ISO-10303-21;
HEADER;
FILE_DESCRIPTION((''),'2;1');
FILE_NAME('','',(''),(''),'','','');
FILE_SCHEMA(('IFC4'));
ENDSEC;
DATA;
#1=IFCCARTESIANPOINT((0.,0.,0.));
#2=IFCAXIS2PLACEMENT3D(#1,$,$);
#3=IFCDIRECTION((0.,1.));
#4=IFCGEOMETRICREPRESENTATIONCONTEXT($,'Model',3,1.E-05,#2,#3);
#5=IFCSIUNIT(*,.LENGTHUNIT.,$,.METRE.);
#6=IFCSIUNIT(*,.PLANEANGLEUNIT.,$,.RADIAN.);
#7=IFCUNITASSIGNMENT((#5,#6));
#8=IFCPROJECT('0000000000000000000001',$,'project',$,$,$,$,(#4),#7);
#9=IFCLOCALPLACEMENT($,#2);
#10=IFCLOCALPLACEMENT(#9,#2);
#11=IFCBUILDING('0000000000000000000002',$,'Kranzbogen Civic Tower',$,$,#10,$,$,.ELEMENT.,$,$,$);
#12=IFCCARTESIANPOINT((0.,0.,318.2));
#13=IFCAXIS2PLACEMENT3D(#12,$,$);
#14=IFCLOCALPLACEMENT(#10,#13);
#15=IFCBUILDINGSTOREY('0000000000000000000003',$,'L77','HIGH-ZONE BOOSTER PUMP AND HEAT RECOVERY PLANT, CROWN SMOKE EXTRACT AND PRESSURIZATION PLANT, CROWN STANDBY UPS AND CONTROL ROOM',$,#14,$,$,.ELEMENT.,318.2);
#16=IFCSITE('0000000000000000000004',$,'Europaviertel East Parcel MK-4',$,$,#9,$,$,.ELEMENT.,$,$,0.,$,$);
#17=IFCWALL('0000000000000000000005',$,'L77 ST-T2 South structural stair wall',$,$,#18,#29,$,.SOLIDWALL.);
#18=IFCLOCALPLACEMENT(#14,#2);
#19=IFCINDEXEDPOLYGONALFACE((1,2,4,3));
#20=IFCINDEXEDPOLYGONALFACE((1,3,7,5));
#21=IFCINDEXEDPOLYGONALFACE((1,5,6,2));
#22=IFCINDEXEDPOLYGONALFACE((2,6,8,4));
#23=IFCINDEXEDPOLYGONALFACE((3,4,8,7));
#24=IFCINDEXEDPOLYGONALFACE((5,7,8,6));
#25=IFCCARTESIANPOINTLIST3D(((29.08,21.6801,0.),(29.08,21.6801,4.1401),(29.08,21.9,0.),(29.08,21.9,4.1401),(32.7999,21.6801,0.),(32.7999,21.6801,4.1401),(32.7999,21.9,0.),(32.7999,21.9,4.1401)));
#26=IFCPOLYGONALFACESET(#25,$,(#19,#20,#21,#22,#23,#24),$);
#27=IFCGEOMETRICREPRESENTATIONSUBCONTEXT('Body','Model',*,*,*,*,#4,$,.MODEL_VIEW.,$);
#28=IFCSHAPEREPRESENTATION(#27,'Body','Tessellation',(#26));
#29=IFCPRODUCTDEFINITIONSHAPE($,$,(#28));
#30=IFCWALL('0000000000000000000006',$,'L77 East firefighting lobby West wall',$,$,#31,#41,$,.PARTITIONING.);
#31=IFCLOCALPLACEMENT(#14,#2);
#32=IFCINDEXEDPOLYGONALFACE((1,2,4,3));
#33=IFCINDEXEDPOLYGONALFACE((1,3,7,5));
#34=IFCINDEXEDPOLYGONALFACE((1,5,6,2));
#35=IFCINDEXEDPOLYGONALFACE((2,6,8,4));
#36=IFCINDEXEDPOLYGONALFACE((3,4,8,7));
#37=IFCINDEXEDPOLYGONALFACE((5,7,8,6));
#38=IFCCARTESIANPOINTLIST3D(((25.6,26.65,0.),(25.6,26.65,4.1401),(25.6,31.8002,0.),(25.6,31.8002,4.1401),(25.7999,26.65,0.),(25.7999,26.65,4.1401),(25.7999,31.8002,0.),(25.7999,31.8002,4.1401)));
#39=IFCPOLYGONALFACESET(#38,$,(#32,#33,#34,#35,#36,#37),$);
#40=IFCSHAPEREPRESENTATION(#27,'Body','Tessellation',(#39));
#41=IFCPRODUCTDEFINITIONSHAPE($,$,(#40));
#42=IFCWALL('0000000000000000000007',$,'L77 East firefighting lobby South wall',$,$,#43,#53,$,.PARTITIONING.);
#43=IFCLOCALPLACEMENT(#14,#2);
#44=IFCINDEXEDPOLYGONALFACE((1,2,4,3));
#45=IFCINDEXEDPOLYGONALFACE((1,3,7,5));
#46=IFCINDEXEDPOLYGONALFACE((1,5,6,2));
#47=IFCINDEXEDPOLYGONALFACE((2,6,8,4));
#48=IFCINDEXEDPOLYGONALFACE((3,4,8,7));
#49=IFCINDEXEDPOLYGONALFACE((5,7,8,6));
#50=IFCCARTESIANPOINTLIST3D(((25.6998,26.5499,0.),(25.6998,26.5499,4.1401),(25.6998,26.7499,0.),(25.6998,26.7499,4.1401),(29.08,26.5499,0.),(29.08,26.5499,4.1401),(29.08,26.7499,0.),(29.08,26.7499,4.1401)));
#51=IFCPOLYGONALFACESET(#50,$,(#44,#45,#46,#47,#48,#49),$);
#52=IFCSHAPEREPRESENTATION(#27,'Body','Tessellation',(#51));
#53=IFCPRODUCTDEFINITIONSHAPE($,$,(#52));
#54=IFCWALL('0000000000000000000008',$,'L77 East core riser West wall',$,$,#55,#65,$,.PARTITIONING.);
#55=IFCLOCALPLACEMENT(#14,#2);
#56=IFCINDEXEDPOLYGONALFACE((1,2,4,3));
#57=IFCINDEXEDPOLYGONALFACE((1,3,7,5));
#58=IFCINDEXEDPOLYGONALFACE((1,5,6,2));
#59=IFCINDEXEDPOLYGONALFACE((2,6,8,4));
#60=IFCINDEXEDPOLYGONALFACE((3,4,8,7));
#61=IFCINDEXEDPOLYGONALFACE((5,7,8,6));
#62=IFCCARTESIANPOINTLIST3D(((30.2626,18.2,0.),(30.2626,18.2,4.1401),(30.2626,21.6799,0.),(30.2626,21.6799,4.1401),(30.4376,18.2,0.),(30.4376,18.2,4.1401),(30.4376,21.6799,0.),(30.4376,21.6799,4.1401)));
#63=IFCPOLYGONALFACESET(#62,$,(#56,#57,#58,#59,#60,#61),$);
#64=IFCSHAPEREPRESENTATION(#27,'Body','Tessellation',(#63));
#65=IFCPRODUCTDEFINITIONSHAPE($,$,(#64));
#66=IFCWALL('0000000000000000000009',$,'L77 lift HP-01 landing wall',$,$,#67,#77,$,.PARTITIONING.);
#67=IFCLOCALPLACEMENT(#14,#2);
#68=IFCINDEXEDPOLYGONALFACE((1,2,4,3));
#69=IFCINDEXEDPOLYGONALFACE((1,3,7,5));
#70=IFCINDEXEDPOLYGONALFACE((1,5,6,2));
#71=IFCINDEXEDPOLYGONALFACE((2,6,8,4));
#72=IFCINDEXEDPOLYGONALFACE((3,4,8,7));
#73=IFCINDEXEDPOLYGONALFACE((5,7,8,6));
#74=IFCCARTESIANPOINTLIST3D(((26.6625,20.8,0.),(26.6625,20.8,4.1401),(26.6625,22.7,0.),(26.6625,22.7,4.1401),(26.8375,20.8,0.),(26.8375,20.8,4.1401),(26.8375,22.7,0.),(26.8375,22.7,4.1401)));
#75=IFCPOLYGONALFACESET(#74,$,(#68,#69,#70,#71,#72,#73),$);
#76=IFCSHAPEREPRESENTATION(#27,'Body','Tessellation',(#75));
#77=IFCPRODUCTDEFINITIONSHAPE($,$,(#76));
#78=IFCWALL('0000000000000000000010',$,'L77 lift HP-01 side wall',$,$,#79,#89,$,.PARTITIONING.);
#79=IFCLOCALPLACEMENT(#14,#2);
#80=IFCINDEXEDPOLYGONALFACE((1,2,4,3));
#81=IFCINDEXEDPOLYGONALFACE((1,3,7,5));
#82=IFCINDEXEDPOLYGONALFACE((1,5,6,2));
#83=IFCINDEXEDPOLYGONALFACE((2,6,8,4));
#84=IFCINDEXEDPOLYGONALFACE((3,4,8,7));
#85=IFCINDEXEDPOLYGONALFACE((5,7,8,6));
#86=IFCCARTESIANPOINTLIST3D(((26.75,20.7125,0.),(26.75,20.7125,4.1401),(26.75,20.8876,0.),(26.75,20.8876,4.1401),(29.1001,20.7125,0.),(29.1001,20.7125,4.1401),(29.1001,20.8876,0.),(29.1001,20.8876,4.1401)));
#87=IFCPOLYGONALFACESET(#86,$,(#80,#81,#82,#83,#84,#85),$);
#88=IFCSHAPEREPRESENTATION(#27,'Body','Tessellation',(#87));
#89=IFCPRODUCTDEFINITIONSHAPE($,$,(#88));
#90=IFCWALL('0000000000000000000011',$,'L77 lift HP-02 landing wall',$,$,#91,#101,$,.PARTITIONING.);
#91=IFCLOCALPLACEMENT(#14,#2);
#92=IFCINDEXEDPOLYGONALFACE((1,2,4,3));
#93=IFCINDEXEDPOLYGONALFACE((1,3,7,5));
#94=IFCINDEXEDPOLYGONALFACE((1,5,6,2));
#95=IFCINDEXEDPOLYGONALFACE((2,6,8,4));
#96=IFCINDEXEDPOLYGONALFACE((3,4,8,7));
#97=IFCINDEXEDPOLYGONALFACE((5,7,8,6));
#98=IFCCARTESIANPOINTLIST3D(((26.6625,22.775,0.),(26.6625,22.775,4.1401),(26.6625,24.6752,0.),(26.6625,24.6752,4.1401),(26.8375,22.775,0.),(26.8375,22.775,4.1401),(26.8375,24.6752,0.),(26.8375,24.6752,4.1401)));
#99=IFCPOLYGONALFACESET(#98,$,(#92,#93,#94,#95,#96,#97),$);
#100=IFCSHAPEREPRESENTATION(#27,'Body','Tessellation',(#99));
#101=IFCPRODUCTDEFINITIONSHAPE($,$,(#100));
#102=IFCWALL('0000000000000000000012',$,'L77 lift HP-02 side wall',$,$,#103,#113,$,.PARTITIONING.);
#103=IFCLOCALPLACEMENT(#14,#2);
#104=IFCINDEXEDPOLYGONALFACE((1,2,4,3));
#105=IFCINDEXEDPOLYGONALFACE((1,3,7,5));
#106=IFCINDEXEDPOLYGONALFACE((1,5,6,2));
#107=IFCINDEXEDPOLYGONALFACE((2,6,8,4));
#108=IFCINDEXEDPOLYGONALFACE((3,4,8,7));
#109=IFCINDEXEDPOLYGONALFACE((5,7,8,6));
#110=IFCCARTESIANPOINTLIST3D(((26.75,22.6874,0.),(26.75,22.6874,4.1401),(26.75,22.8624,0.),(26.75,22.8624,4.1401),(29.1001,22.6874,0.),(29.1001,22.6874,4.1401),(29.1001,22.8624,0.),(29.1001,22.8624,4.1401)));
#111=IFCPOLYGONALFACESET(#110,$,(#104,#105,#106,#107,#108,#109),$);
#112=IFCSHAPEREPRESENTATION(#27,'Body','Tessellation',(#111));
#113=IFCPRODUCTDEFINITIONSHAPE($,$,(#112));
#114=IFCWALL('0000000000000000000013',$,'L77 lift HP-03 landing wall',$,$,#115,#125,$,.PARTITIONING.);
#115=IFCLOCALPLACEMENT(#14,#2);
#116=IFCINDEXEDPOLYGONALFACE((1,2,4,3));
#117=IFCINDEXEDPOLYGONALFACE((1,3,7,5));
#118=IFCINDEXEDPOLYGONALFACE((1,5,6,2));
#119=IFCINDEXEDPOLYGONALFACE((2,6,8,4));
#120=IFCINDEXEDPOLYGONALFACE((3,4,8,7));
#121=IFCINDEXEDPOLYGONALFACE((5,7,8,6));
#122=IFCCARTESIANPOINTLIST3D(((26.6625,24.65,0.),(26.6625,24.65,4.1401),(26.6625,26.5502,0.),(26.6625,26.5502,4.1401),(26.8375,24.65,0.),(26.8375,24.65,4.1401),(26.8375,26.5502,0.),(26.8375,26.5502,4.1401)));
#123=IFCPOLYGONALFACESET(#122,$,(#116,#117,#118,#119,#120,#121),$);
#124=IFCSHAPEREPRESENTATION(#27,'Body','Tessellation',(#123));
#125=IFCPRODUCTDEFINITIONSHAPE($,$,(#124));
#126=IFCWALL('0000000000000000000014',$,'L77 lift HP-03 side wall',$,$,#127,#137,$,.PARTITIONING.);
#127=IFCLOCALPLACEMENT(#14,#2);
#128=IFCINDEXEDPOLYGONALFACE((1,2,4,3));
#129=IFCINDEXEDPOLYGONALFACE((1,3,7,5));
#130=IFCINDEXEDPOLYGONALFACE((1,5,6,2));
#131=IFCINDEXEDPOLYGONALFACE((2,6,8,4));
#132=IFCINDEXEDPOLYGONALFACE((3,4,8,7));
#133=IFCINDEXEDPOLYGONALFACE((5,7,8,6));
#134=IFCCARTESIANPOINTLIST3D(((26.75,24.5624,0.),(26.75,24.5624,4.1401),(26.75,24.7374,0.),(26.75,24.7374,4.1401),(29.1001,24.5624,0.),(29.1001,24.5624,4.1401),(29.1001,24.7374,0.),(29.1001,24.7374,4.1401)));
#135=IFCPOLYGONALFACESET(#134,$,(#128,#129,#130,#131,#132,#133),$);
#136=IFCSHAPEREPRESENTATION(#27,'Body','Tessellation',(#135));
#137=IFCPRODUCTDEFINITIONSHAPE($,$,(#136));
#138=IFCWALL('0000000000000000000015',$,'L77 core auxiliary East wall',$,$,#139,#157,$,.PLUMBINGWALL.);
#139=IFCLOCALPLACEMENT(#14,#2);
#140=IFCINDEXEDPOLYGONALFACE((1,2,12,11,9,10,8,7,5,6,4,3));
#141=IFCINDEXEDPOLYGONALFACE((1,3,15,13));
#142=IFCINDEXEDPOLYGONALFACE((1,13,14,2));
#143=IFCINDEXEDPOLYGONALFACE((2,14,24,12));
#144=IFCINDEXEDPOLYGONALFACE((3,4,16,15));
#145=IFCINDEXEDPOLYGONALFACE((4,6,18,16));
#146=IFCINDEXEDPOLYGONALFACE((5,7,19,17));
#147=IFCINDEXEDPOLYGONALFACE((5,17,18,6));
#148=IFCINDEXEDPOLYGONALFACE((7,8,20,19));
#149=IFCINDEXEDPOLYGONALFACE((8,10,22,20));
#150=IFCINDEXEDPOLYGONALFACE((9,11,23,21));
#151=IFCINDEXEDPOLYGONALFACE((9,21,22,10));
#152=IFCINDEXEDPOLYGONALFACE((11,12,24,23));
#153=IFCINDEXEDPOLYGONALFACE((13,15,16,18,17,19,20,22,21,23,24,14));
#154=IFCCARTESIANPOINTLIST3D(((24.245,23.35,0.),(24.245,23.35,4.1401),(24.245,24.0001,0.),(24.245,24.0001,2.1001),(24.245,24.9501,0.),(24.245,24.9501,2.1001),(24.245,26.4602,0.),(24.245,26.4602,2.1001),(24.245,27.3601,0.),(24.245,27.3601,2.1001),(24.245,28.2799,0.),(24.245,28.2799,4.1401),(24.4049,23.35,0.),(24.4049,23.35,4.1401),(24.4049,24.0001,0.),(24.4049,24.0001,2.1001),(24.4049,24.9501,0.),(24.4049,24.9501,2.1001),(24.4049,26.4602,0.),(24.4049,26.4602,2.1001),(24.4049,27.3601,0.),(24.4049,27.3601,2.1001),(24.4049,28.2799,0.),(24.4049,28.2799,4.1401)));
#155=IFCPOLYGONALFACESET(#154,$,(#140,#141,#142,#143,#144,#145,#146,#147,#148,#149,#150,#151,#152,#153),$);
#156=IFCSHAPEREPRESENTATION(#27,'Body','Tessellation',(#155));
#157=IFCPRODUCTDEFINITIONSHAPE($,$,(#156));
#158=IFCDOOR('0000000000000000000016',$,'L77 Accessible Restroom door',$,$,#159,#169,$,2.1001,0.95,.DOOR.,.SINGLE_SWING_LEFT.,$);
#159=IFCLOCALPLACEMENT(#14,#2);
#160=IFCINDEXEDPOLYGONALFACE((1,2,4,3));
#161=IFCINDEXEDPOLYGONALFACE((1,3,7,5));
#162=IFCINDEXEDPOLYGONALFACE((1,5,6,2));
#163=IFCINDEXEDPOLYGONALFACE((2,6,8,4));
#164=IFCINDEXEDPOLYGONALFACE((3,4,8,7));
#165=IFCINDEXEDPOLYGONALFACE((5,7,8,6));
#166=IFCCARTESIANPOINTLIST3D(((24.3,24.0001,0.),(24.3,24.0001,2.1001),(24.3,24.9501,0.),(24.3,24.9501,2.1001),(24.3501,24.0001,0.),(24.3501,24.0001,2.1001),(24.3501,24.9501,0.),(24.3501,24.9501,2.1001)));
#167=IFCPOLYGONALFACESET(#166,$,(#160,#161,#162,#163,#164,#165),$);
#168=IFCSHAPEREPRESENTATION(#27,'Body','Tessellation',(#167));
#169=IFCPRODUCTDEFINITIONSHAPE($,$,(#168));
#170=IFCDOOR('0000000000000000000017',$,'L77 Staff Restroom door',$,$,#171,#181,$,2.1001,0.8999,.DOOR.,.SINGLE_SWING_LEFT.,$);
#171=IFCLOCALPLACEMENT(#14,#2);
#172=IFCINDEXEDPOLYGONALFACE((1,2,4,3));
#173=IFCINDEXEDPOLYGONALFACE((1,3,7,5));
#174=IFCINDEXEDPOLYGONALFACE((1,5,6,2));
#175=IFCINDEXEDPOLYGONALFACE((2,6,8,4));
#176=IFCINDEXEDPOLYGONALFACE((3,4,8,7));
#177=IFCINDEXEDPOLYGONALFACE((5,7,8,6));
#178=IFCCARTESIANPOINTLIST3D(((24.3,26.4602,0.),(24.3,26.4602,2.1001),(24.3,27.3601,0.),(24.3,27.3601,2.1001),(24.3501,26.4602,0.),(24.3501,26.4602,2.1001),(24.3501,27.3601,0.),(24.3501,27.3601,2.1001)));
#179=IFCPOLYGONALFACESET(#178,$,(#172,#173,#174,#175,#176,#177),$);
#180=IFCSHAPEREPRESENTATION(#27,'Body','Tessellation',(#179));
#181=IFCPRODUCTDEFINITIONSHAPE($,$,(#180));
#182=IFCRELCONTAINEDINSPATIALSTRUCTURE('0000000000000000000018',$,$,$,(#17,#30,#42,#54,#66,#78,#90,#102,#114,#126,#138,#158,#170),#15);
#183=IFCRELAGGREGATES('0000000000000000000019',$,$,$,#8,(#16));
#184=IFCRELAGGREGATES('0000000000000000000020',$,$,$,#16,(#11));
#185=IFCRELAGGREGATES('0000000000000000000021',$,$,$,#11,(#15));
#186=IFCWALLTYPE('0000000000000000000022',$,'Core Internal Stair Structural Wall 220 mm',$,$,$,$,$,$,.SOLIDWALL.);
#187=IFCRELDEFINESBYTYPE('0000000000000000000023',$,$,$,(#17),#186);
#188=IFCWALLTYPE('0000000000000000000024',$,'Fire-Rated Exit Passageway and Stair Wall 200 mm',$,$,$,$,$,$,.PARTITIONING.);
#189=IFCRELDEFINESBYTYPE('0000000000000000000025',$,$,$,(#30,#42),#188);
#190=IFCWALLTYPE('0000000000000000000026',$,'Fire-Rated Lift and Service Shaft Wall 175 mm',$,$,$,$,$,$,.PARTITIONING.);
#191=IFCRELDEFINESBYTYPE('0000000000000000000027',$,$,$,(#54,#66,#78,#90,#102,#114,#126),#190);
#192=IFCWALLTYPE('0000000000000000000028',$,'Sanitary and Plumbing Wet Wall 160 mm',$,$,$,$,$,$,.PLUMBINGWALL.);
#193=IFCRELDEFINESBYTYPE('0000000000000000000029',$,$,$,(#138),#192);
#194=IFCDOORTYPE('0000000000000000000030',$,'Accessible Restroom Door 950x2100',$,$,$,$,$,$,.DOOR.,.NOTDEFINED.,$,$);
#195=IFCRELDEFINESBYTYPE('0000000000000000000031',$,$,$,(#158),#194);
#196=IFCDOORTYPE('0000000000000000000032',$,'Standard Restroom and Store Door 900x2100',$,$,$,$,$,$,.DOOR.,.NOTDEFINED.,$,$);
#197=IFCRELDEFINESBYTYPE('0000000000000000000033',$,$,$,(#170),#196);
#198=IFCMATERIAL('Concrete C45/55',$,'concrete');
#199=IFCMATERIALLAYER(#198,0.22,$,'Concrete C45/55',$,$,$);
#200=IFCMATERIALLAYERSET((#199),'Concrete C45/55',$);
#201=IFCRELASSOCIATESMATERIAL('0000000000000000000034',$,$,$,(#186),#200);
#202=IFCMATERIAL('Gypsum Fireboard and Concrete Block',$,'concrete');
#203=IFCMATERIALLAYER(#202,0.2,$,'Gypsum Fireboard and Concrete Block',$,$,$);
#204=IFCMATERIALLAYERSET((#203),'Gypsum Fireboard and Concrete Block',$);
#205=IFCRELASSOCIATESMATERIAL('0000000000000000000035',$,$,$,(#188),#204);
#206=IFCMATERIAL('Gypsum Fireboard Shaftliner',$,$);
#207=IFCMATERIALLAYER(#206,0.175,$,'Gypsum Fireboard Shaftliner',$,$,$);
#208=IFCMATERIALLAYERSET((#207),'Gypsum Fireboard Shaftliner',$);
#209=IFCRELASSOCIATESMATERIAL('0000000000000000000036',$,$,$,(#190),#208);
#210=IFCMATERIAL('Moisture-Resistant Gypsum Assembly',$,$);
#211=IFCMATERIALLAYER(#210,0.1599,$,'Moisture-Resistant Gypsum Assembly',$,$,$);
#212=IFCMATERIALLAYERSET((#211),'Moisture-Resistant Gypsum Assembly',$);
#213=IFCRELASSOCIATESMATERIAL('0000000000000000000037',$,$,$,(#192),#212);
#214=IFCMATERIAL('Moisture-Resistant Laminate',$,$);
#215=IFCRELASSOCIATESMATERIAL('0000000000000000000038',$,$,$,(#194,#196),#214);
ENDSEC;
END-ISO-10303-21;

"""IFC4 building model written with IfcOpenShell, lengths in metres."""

from ifc_helpers import new_model, si_unit, direction, frame, frame_2d, origin, place, context, subcontext, project, spatial, rectangle, extrude, material, layer, layer_set, type_object, element, fill, save


model = new_model("IFC4")

# Units and contexts
model_context = context("Model", 3, precision=1e-05, world=origin(), true_north=direction((0.0, 1.0)))
body_context = subcontext(model_context, "Body", "Model", "MODEL_VIEW")
ifc_project = project(units=[si_unit("LENGTHUNIT", "METRE"), si_unit("PLANEANGLEUNIT", "RADIAN")], contexts=[model_context])

# Site, building, storey
site_placement = place(None, origin())
site = spatial("IfcSite", under=ifc_project, at=site_placement, Name="Europaviertel East Parcel MK-4", CompositionType="ELEMENT", RefElevation=0.0)
building_placement = place(site_placement, origin())
building = spatial("IfcBuilding", under=site, at=building_placement, Name="Kranzbogen Civic Tower", CompositionType="ELEMENT")
storey_placement = place(building_placement, frame((0.0, 0.0, 318.2)))
storey = spatial("IfcBuildingStorey", under=building, at=storey_placement, Name="L77", Description="HIGH-ZONE BOOSTER PUMP AND HEAT RECOVERY PLANT, CROWN SMOKE EXTRACT AND PRESSURIZATION PLANT, CROWN STANDBY UPS AND CONTROL ROOM", CompositionType="ELEMENT", Elevation=318.2)

# Shared definitions
ifc_material_1 = material(Name="Concrete C45/55", Category="concrete")
ifc_layer_1 = layer(ifc_material_1, 0.22, Name="Concrete C45/55")
ifc_layer_set_1 = layer_set([ifc_layer_1], Name="Concrete C45/55")
wall_type_1 = type_object("IfcWallType", Name="Core Internal Stair Structural Wall 220 mm", PredefinedType="SOLIDWALL", material=ifc_layer_set_1)

# Walls
wall_1_placement = place(storey_placement, frame((29.0801, 21.79, 0.0), z_axis=(0.0, 0.0, 1.0), x_axis=(1.0, 0.0, 0.0)))
element("IfcWall", 1, at=wall_1_placement, inside=storey, type_object=wall_type_1, Name="L77 ST-T2 South structural stair wall", PredefinedType="SOLIDWALL", context=body_context, shape_type="SweptSolid", body=[
    extrude(rectangle(XDim=3.72, YDim=0.22, at=frame_2d((1.8599, 0.0))), origin(), (0.0, 0.0, 1.0), 4.1401),
])
ifc_material_2 = material(Name="Gypsum Fireboard and Concrete Block", Category="concrete")
ifc_layer_2 = layer(ifc_material_2, 0.2, Name="Gypsum Fireboard and Concrete Block")
ifc_layer_set_2 = layer_set([ifc_layer_2], Name="Gypsum Fireboard and Concrete Block")
wall_type_2 = type_object("IfcWallType", Name="Fire-Rated Exit Passageway and Stair Wall 200 mm", PredefinedType="PARTITIONING", material=ifc_layer_set_2)
wall_2_placement = place(storey_placement, frame((25.7, 26.6499, 0.0), z_axis=(0.0, 0.0, 1.0), x_axis=(0.0, 1.0, 0.0)))
element("IfcWall", 2, at=wall_2_placement, inside=storey, type_object=wall_type_2, Name="L77 East firefighting lobby West wall", PredefinedType="PARTITIONING", context=body_context, shape_type="SweptSolid", body=[
    extrude(rectangle(XDim=5.1501, YDim=0.2, at=frame_2d((2.5752, 0.0))), origin(), (0.0, 0.0, 1.0), 4.1401),
])
wall_3_placement = place(storey_placement, frame((25.7, 26.6499, 0.0), z_axis=(0.0, 0.0, 1.0), x_axis=(1.0, 0.0, 0.0)))
element("IfcWall", 3, at=wall_3_placement, inside=storey, type_object=wall_type_2, Name="L77 East firefighting lobby South wall", PredefinedType="PARTITIONING", context=body_context, shape_type="SweptSolid", body=[
    extrude(rectangle(XDim=3.3801, YDim=0.2, at=frame_2d((1.6899, 0.0))), origin(), (0.0, 0.0, 1.0), 4.1401),
])
ifc_material_3 = material(Name="Gypsum Fireboard Shaftliner")
ifc_layer_3 = layer(ifc_material_3, 0.175, Name="Gypsum Fireboard Shaftliner")
ifc_layer_set_3 = layer_set([ifc_layer_3], Name="Gypsum Fireboard Shaftliner")
wall_type_3 = type_object("IfcWallType", Name="Fire-Rated Lift and Service Shaft Wall 175 mm", PredefinedType="PARTITIONING", material=ifc_layer_set_3)
wall_4_placement = place(storey_placement, frame((30.3501, 18.2, 0.0), z_axis=(0.0, 0.0, 1.0), x_axis=(0.0, 1.0, 0.0)))
element("IfcWall", 4, at=wall_4_placement, inside=storey, type_object=wall_type_3, Name="L77 East core riser West wall", PredefinedType="PARTITIONING", context=body_context, shape_type="SweptSolid", body=[
    extrude(rectangle(XDim=3.48, YDim=0.175, at=frame_2d((1.74, 0.0))), origin(), (0.0, 0.0, 1.0), 4.1401),
])
wall_5_placement = place(storey_placement, frame((26.75, 20.8, 0.0), z_axis=(0.0, 0.0, 1.0), x_axis=(0.0, 1.0, 0.0)))
element("IfcWall", 5, at=wall_5_placement, inside=storey, type_object=wall_type_3, Name="L77 lift HP-01 landing wall", PredefinedType="PARTITIONING", context=body_context, shape_type="SweptSolid", body=[
    extrude(rectangle(XDim=1.8999, YDim=0.175, at=frame_2d((0.95, 0.0))), origin(), (0.0, 0.0, 1.0), 4.1401),
])
wall_6_placement = place(storey_placement, frame((26.75, 20.8, 0.0), z_axis=(0.0, 0.0, 1.0), x_axis=(1.0, 0.0, 0.0)))
element("IfcWall", 6, at=wall_6_placement, inside=storey, type_object=wall_type_3, Name="L77 lift HP-01 side wall", PredefinedType="PARTITIONING", context=body_context, shape_type="SweptSolid", body=[
    extrude(rectangle(XDim=2.3501, YDim=0.175, at=frame_2d((1.175, 0.0))), origin(), (0.0, 0.0, 1.0), 4.1401),
])
wall_7_placement = place(storey_placement, frame((26.75, 22.7749, 0.0), z_axis=(0.0, 0.0, 1.0), x_axis=(0.0, 1.0, 0.0)))
element("IfcWall", 7, at=wall_7_placement, inside=storey, type_object=wall_type_3, Name="L77 lift HP-02 landing wall", PredefinedType="PARTITIONING", context=body_context, shape_type="SweptSolid", body=[
    extrude(rectangle(XDim=1.9001, YDim=0.175, at=frame_2d((0.9502, 0.0))), origin(), (0.0, 0.0, 1.0), 4.1401),
])
wall_8_placement = place(storey_placement, frame((26.75, 22.7749, 0.0), z_axis=(0.0, 0.0, 1.0), x_axis=(1.0, 0.0, 0.0)))
element("IfcWall", 8, at=wall_8_placement, inside=storey, type_object=wall_type_3, Name="L77 lift HP-02 side wall", PredefinedType="PARTITIONING", context=body_context, shape_type="SweptSolid", body=[
    extrude(rectangle(XDim=2.3501, YDim=0.175, at=frame_2d((1.175, 0.0))), origin(), (0.0, 0.0, 1.0), 4.1401),
])
wall_9_placement = place(storey_placement, frame((26.75, 24.6499, 0.0), z_axis=(0.0, 0.0, 1.0), x_axis=(0.0, 1.0, 0.0)))
element("IfcWall", 9, at=wall_9_placement, inside=storey, type_object=wall_type_3, Name="L77 lift HP-03 landing wall", PredefinedType="PARTITIONING", context=body_context, shape_type="SweptSolid", body=[
    extrude(rectangle(XDim=1.9001, YDim=0.175, at=frame_2d((0.9502, 0.0))), origin(), (0.0, 0.0, 1.0), 4.1401),
])
wall_10_placement = place(storey_placement, frame((26.75, 24.6499, 0.0), z_axis=(0.0, 0.0, 1.0), x_axis=(1.0, 0.0, 0.0)))
element("IfcWall", 10, at=wall_10_placement, inside=storey, type_object=wall_type_3, Name="L77 lift HP-03 side wall", PredefinedType="PARTITIONING", context=body_context, shape_type="SweptSolid", body=[
    extrude(rectangle(XDim=2.3501, YDim=0.175, at=frame_2d((1.175, 0.0))), origin(), (0.0, 0.0, 1.0), 4.1401),
])

# Wall, openings, doors
ifc_material_4 = material(Name="Moisture-Resistant Gypsum Assembly")
ifc_layer_4 = layer(ifc_material_4, 0.1599, Name="Moisture-Resistant Gypsum Assembly")
ifc_layer_set_4 = layer_set([ifc_layer_4], Name="Moisture-Resistant Gypsum Assembly")
wall_type_4 = type_object("IfcWallType", Name="Sanitary and Plumbing Wet Wall 160 mm", PredefinedType="PLUMBINGWALL", material=ifc_layer_set_4)
wall_11_placement = place(storey_placement, frame((24.325, 23.3501, 0.0), z_axis=(0.0, 0.0, 1.0), x_axis=(0.0, 1.0, 0.0)))
wall_11 = element("IfcWall", 11, at=wall_11_placement, inside=storey, type_object=wall_type_4, Name="L77 core auxiliary East wall", PredefinedType="PLUMBINGWALL", context=body_context, shape_type="SweptSolid", body=[
    extrude(rectangle(XDim=4.9299, YDim=0.1599, at=frame_2d((2.4648, 0.0))), origin(), (0.0, 0.0, 1.0), 4.1401),
])
opening_1_placement = place(wall_11_placement, frame((0.6499, 0.0, 0.0)))
opening_1 = element("IfcOpeningElement", 12, at=opening_1_placement, cuts=wall_11, PredefinedType="OPENING", context=body_context, shape_type="SweptSolid", body=[
    extrude(rectangle(XDim=0.95, YDim=2.1001, at=frame_2d((0.4751, 1.05))), frame((0.0, 0.0898, 0.0), z_axis=(0.0, -1.0, 0.0), x_axis=(1.0, 0.0, 0.0)), (0.0, 0.0, 1.0), 0.1799),
])
opening_2_placement = place(wall_11_placement, frame((3.1101, 0.0, 0.0)))
opening_2 = element("IfcOpeningElement", 13, at=opening_2_placement, cuts=wall_11, PredefinedType="OPENING", context=body_context, shape_type="SweptSolid", body=[
    extrude(rectangle(XDim=0.8999, YDim=2.1001, at=frame_2d((0.45, 1.05))), frame((0.0, 0.0898, 0.0), z_axis=(0.0, -1.0, 0.0), x_axis=(1.0, 0.0, 0.0)), (0.0, 0.0, 1.0), 0.1799),
])
ifc_material_5 = material(Name="Moisture-Resistant Laminate")
door_type_1 = type_object("IfcDoorType", Name="Accessible Restroom Door 950x2100", OperationType="NOTDEFINED", PredefinedType="DOOR", material=ifc_material_5)
door_1_placement = place(opening_1_placement, origin())
door_1 = element("IfcDoor", 14, at=door_1_placement, inside=storey, type_object=door_type_1, Name="L77 Accessible Restroom door", OperationType="SINGLE_SWING_LEFT", OverallHeight=2.1001, OverallWidth=0.95, PredefinedType="DOOR", context=body_context, shape_type="SweptSolid", body=[
    extrude(rectangle(XDim=0.95, YDim=2.1001, at=frame_2d((0.4751, 1.05))), frame((0.0, 0.0249, 0.0), z_axis=(0.0, -1.0, 0.0), x_axis=(1.0, 0.0, 0.0)), (0.0, 0.0, 1.0), 0.05),
])
fill(opening_1, door_1)
door_type_2 = type_object("IfcDoorType", Name="Standard Restroom and Store Door 900x2100", OperationType="NOTDEFINED", PredefinedType="DOOR", material=ifc_material_5)
door_2_placement = place(opening_2_placement, origin())
door_2 = element("IfcDoor", 15, at=door_2_placement, inside=storey, type_object=door_type_2, Name="L77 Staff Restroom door", OperationType="SINGLE_SWING_LEFT", OverallHeight=2.1001, OverallWidth=0.8999, PredefinedType="DOOR", context=body_context, shape_type="SweptSolid", body=[
    extrude(rectangle(XDim=0.8999, YDim=2.1001, at=frame_2d((0.45, 1.05))), frame((0.0, 0.0249, 0.0), z_axis=(0.0, -1.0, 0.0), x_axis=(1.0, 0.0, 0.0)), (0.0, 0.0, 1.0), 0.05),
])
fill(opening_2, door_2)

save(model, "model.ifc")
